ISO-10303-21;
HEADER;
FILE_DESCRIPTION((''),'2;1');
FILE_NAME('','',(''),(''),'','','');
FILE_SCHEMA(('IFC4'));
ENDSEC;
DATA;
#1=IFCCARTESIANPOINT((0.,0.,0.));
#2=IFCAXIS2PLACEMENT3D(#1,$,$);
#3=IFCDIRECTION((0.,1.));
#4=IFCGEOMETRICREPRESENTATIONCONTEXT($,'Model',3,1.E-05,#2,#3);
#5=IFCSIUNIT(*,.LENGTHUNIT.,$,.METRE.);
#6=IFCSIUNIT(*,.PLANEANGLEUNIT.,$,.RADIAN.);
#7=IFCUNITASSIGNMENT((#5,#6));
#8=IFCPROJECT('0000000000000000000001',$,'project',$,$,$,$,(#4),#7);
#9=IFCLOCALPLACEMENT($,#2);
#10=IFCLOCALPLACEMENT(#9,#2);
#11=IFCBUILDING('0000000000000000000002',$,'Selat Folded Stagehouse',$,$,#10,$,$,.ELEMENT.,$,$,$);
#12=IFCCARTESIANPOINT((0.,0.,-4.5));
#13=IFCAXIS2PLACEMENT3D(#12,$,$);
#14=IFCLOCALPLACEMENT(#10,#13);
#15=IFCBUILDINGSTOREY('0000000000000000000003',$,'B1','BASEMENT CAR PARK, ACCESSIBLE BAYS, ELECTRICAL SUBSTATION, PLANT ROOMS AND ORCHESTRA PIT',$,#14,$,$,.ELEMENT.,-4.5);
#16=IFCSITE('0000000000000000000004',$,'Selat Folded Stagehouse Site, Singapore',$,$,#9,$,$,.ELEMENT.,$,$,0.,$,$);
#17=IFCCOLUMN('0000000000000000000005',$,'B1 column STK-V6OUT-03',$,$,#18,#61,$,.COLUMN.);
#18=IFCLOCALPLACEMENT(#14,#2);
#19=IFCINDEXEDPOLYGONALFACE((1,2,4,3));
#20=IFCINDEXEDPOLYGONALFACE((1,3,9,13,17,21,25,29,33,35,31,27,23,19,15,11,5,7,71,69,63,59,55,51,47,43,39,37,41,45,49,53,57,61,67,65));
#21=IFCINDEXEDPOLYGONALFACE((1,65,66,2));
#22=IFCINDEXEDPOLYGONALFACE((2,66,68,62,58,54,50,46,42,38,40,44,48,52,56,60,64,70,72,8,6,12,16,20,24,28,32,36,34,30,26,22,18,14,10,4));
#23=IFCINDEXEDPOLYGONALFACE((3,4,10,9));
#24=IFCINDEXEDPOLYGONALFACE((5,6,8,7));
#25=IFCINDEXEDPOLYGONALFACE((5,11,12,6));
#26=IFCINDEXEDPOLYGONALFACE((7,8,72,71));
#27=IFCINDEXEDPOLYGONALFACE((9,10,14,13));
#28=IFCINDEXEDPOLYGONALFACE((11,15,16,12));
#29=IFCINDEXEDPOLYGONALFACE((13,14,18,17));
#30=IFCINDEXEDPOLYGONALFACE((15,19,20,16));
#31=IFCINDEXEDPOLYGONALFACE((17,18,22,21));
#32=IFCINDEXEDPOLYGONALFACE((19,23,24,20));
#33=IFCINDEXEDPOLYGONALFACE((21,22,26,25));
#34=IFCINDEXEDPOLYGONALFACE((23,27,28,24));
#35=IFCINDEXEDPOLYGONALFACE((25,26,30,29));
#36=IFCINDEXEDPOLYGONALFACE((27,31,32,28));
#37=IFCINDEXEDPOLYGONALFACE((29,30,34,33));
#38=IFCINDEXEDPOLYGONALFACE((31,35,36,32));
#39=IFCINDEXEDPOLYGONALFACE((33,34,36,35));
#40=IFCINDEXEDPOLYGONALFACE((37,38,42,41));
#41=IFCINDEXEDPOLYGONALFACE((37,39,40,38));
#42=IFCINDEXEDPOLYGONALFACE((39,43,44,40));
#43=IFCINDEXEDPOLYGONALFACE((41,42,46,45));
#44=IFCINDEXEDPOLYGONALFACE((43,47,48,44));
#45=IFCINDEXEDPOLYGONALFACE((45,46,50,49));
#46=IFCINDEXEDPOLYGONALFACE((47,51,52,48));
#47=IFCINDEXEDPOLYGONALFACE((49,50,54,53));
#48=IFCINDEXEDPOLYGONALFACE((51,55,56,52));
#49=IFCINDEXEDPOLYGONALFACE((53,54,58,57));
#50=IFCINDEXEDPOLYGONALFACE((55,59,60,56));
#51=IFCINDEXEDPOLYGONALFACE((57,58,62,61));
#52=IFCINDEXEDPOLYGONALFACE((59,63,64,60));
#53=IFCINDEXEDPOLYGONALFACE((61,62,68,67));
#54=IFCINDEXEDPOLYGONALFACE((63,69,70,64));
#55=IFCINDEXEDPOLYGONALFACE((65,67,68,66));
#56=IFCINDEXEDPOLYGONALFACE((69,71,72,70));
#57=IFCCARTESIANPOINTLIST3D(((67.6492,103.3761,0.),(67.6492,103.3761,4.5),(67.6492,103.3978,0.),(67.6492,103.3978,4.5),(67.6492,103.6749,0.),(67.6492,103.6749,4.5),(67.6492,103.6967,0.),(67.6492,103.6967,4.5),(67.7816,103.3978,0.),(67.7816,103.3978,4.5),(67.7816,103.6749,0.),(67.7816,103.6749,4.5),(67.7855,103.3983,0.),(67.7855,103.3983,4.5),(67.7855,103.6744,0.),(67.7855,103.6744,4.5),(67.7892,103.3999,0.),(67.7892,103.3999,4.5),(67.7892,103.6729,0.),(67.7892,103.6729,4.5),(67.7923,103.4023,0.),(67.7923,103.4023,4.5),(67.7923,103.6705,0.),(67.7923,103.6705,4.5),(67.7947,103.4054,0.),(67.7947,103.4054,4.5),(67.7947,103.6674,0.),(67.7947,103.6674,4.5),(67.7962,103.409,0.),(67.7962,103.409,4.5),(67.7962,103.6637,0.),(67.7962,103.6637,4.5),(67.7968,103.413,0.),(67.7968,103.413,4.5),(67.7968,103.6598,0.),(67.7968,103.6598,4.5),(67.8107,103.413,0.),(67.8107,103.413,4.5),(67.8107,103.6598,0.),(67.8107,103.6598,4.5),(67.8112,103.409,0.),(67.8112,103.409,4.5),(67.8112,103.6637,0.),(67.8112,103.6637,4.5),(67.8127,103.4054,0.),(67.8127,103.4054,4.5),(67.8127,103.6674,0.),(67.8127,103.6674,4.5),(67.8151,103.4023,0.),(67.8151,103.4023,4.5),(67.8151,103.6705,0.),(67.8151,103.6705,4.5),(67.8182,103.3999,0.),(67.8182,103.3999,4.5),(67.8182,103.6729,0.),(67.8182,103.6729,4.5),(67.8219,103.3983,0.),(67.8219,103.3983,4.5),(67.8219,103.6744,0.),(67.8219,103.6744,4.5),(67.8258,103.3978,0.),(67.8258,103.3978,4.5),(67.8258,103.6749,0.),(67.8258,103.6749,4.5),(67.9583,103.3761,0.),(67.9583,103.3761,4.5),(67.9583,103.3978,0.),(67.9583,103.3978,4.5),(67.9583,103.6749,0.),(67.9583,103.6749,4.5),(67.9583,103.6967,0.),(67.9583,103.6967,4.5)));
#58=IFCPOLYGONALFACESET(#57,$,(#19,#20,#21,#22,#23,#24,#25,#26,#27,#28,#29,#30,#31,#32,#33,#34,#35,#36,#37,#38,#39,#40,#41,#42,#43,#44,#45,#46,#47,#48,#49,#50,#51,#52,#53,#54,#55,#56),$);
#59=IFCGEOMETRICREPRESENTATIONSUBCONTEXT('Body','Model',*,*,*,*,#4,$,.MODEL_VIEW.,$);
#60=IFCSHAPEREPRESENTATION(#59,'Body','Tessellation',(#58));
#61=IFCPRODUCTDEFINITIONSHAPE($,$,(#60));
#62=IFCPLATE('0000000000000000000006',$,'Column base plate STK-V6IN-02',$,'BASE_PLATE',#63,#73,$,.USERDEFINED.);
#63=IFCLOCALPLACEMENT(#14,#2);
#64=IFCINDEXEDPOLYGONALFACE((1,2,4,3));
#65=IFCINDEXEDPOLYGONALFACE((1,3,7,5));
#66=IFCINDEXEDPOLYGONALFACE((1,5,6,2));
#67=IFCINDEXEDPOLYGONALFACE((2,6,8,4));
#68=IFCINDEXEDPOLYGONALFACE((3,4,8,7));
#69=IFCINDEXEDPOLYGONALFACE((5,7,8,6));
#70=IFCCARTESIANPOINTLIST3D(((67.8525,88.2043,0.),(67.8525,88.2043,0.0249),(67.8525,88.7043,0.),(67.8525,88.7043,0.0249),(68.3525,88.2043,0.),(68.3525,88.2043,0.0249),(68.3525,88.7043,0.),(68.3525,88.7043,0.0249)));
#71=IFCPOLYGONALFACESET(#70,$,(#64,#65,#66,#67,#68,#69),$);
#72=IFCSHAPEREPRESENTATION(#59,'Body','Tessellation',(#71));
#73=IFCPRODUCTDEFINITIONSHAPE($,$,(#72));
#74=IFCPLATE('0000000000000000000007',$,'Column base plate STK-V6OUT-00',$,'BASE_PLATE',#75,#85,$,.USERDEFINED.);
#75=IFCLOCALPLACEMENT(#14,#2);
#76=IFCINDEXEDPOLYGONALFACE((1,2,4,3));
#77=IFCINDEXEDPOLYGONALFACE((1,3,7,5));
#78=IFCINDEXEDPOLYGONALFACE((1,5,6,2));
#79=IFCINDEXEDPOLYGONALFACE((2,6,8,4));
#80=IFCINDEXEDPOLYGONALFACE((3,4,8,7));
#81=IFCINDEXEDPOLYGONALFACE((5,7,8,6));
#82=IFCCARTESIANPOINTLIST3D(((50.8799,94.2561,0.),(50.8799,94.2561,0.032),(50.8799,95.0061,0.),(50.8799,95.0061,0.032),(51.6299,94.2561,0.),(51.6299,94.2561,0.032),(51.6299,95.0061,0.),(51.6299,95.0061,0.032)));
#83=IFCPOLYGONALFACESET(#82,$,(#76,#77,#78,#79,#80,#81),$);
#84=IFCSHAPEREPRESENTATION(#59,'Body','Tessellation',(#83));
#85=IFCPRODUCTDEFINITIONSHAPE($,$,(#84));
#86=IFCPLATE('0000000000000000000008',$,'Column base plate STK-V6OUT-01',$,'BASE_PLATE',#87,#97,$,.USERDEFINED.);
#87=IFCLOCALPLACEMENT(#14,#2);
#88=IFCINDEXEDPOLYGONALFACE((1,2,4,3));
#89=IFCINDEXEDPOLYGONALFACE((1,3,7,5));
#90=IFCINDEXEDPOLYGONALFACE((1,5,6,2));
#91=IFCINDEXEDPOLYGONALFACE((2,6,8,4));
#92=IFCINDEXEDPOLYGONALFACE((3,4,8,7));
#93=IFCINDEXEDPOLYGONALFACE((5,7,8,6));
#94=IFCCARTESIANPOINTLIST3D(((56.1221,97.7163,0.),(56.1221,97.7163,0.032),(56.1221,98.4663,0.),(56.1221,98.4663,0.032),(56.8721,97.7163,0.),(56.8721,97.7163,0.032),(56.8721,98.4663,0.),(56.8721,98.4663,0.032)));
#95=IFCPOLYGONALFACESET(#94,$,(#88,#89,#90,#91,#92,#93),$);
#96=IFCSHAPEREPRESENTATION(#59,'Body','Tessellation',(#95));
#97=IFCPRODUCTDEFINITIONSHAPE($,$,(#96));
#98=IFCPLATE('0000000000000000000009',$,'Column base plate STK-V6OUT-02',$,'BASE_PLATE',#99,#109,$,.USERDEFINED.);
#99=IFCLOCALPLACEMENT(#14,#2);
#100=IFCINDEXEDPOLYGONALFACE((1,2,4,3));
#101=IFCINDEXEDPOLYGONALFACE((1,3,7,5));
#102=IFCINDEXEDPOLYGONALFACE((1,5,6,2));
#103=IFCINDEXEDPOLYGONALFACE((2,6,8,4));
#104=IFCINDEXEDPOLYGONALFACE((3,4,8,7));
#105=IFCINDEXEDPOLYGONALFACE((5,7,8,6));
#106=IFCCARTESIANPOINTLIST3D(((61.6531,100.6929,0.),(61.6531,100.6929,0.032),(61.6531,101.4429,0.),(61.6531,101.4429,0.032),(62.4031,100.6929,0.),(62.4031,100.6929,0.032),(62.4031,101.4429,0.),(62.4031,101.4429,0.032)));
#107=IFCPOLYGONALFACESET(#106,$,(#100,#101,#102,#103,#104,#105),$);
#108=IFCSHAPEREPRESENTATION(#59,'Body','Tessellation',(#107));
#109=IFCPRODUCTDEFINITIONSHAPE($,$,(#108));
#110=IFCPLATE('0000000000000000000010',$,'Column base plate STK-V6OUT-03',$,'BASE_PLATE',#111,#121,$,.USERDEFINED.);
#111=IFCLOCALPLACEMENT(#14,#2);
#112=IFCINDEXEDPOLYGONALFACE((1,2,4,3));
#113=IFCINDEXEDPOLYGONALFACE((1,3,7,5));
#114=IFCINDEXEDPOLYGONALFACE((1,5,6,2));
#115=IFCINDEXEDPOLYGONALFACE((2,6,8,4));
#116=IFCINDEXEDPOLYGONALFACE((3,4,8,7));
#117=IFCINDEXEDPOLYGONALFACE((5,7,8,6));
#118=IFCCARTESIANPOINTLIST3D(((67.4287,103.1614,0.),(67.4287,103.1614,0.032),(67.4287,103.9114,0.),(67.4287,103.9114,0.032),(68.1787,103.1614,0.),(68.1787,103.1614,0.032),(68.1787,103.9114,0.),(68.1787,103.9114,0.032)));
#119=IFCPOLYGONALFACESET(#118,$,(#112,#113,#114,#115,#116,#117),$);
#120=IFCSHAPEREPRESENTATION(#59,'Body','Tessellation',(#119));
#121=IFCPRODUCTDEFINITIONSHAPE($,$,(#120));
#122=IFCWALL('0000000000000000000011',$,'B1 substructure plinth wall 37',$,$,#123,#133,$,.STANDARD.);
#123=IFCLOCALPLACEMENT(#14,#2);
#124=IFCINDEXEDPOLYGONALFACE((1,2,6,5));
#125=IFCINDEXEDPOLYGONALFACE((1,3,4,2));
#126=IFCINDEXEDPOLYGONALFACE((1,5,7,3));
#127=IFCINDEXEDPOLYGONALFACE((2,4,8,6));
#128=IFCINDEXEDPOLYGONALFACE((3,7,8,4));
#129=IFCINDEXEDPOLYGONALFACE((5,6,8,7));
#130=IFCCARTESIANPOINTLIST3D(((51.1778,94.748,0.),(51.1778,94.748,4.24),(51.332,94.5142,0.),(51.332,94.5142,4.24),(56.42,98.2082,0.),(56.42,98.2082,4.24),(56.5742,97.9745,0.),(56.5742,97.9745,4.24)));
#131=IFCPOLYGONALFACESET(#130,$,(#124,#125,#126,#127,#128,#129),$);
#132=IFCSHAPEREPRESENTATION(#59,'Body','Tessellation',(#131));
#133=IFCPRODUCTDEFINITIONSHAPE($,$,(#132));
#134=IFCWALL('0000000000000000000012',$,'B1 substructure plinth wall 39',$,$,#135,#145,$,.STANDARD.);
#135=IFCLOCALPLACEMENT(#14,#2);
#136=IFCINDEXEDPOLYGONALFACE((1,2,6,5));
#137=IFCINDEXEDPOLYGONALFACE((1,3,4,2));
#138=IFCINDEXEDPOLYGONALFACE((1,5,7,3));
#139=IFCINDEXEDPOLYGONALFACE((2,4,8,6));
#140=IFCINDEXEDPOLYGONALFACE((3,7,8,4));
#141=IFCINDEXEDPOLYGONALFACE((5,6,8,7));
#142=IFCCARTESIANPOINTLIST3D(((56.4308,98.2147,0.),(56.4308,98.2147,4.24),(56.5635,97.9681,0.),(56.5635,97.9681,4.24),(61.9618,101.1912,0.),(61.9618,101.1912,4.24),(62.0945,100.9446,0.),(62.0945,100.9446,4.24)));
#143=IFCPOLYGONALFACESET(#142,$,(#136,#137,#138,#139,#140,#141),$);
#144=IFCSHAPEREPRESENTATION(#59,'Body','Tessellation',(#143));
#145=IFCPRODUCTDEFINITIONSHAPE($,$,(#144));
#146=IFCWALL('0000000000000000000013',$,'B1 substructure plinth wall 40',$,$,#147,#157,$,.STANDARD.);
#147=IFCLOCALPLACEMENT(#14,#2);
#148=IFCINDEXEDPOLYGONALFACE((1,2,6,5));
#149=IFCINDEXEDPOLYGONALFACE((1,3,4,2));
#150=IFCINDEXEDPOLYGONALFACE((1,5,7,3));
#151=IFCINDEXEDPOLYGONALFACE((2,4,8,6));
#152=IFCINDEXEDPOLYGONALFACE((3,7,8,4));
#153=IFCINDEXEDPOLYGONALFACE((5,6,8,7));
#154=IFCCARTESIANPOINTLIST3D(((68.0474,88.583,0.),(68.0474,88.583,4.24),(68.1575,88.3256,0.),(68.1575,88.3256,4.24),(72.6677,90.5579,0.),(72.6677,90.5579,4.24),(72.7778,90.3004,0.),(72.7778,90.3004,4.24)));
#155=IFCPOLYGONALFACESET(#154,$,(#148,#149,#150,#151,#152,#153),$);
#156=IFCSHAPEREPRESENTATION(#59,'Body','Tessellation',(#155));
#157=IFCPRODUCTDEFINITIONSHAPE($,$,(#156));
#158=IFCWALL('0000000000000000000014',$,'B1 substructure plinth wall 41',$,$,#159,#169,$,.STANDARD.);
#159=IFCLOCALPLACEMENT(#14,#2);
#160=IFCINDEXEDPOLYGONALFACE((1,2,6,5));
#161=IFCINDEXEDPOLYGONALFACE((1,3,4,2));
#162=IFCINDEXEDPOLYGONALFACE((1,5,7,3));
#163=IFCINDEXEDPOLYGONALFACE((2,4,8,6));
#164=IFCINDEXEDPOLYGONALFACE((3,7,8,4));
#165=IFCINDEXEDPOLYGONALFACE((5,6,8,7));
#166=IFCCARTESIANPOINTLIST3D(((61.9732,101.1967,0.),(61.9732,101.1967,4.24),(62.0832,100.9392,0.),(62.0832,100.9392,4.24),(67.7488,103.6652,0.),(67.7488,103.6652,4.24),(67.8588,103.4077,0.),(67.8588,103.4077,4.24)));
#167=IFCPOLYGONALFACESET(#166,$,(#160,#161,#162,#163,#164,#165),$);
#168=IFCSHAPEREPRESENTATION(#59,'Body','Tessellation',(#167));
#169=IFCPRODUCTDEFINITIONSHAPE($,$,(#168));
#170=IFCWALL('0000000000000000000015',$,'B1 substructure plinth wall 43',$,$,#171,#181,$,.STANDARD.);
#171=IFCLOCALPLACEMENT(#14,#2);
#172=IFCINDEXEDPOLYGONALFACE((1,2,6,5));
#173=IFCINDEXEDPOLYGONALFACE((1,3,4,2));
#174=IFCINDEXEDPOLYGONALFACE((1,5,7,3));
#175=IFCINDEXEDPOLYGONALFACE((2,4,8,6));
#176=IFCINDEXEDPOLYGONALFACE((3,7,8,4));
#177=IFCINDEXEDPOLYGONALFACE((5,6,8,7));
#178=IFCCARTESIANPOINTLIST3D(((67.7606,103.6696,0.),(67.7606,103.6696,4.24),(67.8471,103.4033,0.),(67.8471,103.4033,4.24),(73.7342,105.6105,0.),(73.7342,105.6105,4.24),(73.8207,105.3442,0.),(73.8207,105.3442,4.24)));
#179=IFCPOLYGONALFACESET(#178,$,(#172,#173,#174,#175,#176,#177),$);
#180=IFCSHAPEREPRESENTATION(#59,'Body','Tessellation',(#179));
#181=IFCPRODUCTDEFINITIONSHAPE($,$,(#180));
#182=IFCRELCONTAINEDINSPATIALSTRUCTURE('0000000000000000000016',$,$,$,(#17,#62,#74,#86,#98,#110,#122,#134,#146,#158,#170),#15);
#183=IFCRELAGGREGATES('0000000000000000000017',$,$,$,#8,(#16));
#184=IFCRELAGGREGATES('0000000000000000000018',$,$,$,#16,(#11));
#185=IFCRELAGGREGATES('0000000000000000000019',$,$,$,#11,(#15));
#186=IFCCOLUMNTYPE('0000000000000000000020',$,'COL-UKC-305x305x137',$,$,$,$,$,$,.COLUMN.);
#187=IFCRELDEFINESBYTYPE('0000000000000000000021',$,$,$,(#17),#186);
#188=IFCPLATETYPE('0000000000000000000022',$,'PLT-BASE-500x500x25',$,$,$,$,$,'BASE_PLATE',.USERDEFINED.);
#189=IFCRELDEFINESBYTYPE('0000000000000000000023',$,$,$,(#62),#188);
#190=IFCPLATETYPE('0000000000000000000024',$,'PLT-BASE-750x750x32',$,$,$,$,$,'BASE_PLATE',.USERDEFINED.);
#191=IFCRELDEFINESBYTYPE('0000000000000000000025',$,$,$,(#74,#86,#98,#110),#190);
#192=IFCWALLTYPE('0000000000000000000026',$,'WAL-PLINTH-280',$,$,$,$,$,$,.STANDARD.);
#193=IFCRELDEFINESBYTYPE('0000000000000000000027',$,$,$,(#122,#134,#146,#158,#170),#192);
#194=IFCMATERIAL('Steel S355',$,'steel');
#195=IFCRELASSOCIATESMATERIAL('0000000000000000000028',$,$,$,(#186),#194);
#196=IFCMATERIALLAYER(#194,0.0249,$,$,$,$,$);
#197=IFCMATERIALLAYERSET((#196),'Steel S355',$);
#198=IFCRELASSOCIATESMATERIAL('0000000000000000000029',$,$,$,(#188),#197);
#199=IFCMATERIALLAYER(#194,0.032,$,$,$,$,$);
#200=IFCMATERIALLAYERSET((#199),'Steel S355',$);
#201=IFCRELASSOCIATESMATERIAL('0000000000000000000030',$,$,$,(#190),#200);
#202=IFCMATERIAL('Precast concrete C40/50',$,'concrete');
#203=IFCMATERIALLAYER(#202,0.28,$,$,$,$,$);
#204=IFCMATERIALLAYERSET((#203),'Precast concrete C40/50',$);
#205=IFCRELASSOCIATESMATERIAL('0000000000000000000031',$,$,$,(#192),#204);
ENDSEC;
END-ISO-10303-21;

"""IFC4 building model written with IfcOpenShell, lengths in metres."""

from ifc_helpers import new_model, si_unit, direction, frame, frame_2d, origin, origin_2d, place, context, subcontext, project, spatial, rectangle, i_section, extrude, material, layer, layer_set, material_profile, profile_set, type_object, element, save


model = new_model("IFC4")

# Units and contexts
model_context = context("Model", 3, precision=1e-05, world=origin(), true_north=direction((0.0, 1.0)))
body_context = subcontext(model_context, "Body", "Model", "MODEL_VIEW")
ifc_project = project(units=[si_unit("LENGTHUNIT", "METRE"), si_unit("PLANEANGLEUNIT", "RADIAN")], contexts=[model_context])

# Site, building, storey
site_placement = place(None, origin())
site = spatial("IfcSite", under=ifc_project, at=site_placement, Name="Selat Folded Stagehouse Site, Singapore", CompositionType="ELEMENT", RefElevation=0.0)
building_placement = place(site_placement, origin())
building = spatial("IfcBuilding", under=site, at=building_placement, Name="Selat Folded Stagehouse", CompositionType="ELEMENT")
storey_placement = place(building_placement, frame((0.0, 0.0, -4.5)))
storey = spatial("IfcBuildingStorey", under=building, at=storey_placement, Name="B1", Description="BASEMENT CAR PARK, ACCESSIBLE BAYS, ELECTRICAL SUBSTATION, PLANT ROOMS AND ORCHESTRA PIT", CompositionType="ELEMENT", Elevation=-4.5)

# Column
ifc_material_1 = material(Name="Steel S355", Category="steel")
ifc_material_profile_1 = material_profile(ifc_material_1, i_section(OverallWidth=0.3091, OverallDepth=0.3206, WebThickness=0.0139, FlangeThickness=0.0217, FilletRadius=0.0151, at=origin_2d()), Name="UKC 305x305x137")
ifc_profile_set_1 = profile_set([ifc_material_profile_1], Name="Steel S355")
column_type_1 = type_object("IfcColumnType", Name="COL-UKC-305x305x137", PredefinedType="COLUMN", material=ifc_profile_set_1)
for number, where, z_axis, x_axis, name in (
    (1, (67.8037, 103.5364, 0.0), (0.0, 0.0, 1.0), (1.0, 0.0, 0.0), "B1 column STK-V6OUT-03"),
):
    element("IfcColumn", number, at=place(storey_placement, frame(where, z_axis=z_axis, x_axis=x_axis)), inside=storey, type_object=column_type_1, Name=name, PredefinedType="COLUMN", context=body_context, shape_type="SweptSolid", body=[
        extrude(i_section(OverallWidth=0.3091, OverallDepth=0.3206, WebThickness=0.0139, FlangeThickness=0.0217, FilletRadius=0.0151, at=origin_2d()), origin(), (0.0, 0.0, 1.0), 4.5),
    ])

# Plates
ifc_layer_1 = layer(ifc_material_1, 0.0249)
ifc_layer_set_1 = layer_set([ifc_layer_1], Name="Steel S355")
plate_type_1 = type_object("IfcPlateType", Name="PLT-BASE-500x500x25", ElementType="BASE_PLATE", PredefinedType="USERDEFINED", material=ifc_layer_set_1)
plate_placement = place(storey_placement, frame((68.1025, 88.4543, 0.0), z_axis=(0.0, 0.0, 1.0), x_axis=(1.0, 0.0, 0.0)))
element("IfcPlate", 2, at=plate_placement, inside=storey, type_object=plate_type_1, Name="Column base plate STK-V6IN-02", ObjectType="BASE_PLATE", PredefinedType="USERDEFINED", context=body_context, shape_type="SweptSolid", body=[
    extrude(rectangle(XDim=0.5, YDim=0.5, at=origin_2d()), origin(), (0.0, 0.0, 1.0), 0.0249),
])
ifc_layer_2 = layer(ifc_material_1, 0.032)
ifc_layer_set_2 = layer_set([ifc_layer_2], Name="Steel S355")
plate_type_2 = type_object("IfcPlateType", Name="PLT-BASE-750x750x32", ElementType="BASE_PLATE", PredefinedType="USERDEFINED", material=ifc_layer_set_2)
for number, where, z_axis, x_axis, name in (
    (3, (51.2549, 94.6311, 0.0), (0.0, 0.0, 1.0), (1.0, 0.0, 0.0), "Column base plate STK-V6OUT-00"),
    (4, (56.4971, 98.0913, 0.0), (0.0, 0.0, 1.0), (1.0, 0.0, 0.0), "Column base plate STK-V6OUT-01"),
    (5, (62.0281, 101.0679, 0.0), (0.0, 0.0, 1.0), (1.0, 0.0, 0.0), "Column base plate STK-V6OUT-02"),
    (6, (67.8037, 103.5364, 0.0), (0.0, 0.0, 1.0), (1.0, 0.0, 0.0), "Column base plate STK-V6OUT-03"),
):
    element("IfcPlate", number, at=place(storey_placement, frame(where, z_axis=z_axis, x_axis=x_axis)), inside=storey, type_object=plate_type_2, Name=name, ObjectType="BASE_PLATE", PredefinedType="USERDEFINED", context=body_context, shape_type="SweptSolid", body=[
        extrude(rectangle(XDim=0.75, YDim=0.75, at=origin_2d()), origin(), (0.0, 0.0, 1.0), 0.032),
    ])

# Walls
ifc_material_2 = material(Name="Precast concrete C40/50", Category="concrete")
ifc_layer_3 = layer(ifc_material_2, 0.28)
ifc_layer_set_3 = layer_set([ifc_layer_3], Name="Precast concrete C40/50")
wall_type = type_object("IfcWallType", Name="WAL-PLINTH-280", PredefinedType="STANDARD", material=ifc_layer_set_3)
wall_1_placement = place(storey_placement, frame((51.2549, 94.6311, 0.0), z_axis=(0.0, 0.0, 1.0), x_axis=(0.834583, 0.550882, 0.0)))
element("IfcWall", 7, at=wall_1_placement, inside=storey, type_object=wall_type, Name="B1 substructure plinth wall 37", PredefinedType="STANDARD", context=body_context, shape_type="SweptSolid", body=[
    extrude(rectangle(XDim=6.2812, YDim=0.28, at=frame_2d((3.1406, 0.0))), origin(), (0.0, 0.0, 1.0), 4.24),
])
wall_2_placement = place(storey_placement, frame((56.4971, 98.0913, 0.0), z_axis=(0.0, 0.0, 1.0), x_axis=(0.880582, 0.473894, 0.0)))
element("IfcWall", 8, at=wall_2_placement, inside=storey, type_object=wall_type, Name="B1 substructure plinth wall 39", PredefinedType="STANDARD", context=body_context, shape_type="SweptSolid", body=[
    extrude(rectangle(XDim=6.281, YDim=0.28, at=frame_2d((3.1406, 0.0))), origin(), (0.0, 0.0, 1.0), 4.24),
])
wall_3_placement = place(storey_placement, frame((68.1025, 88.4543, 0.0), z_axis=(0.0, 0.0, 1.0), x_axis=(0.919527, 0.393028, 0.0)))
element("IfcWall", 9, at=wall_3_placement, inside=storey, type_object=wall_type, Name="B1 substructure plinth wall 40", PredefinedType="STANDARD", context=body_context, shape_type="SweptSolid", body=[
    extrude(rectangle(XDim=5.0247, YDim=0.28, at=frame_2d((2.5122, 0.0))), origin(), (0.0, 0.0, 1.0), 4.24),
])
for number, where, z_axis, x_axis, name in (
    (10, (62.0281, 101.0679, 0.0), (0.0, 0.0, 1.0), (0.919535, 0.393009, 0.0), "B1 substructure plinth wall 41"),
    (11, (67.8037, 103.5364, 0.0), (0.0, 0.0, 1.0), (0.951058, 0.309012, 0.0), "B1 substructure plinth wall 43"),
):
    element("IfcWall", number, at=place(storey_placement, frame(where, z_axis=z_axis, x_axis=x_axis)), inside=storey, type_object=wall_type, Name=name, PredefinedType="STANDARD", context=body_context, shape_type="SweptSolid", body=[
        extrude(rectangle(XDim=6.281, YDim=0.28, at=frame_2d((3.1406, 0.0))), origin(), (0.0, 0.0, 1.0), 4.24),
    ])

save(model, "model.ifc")
